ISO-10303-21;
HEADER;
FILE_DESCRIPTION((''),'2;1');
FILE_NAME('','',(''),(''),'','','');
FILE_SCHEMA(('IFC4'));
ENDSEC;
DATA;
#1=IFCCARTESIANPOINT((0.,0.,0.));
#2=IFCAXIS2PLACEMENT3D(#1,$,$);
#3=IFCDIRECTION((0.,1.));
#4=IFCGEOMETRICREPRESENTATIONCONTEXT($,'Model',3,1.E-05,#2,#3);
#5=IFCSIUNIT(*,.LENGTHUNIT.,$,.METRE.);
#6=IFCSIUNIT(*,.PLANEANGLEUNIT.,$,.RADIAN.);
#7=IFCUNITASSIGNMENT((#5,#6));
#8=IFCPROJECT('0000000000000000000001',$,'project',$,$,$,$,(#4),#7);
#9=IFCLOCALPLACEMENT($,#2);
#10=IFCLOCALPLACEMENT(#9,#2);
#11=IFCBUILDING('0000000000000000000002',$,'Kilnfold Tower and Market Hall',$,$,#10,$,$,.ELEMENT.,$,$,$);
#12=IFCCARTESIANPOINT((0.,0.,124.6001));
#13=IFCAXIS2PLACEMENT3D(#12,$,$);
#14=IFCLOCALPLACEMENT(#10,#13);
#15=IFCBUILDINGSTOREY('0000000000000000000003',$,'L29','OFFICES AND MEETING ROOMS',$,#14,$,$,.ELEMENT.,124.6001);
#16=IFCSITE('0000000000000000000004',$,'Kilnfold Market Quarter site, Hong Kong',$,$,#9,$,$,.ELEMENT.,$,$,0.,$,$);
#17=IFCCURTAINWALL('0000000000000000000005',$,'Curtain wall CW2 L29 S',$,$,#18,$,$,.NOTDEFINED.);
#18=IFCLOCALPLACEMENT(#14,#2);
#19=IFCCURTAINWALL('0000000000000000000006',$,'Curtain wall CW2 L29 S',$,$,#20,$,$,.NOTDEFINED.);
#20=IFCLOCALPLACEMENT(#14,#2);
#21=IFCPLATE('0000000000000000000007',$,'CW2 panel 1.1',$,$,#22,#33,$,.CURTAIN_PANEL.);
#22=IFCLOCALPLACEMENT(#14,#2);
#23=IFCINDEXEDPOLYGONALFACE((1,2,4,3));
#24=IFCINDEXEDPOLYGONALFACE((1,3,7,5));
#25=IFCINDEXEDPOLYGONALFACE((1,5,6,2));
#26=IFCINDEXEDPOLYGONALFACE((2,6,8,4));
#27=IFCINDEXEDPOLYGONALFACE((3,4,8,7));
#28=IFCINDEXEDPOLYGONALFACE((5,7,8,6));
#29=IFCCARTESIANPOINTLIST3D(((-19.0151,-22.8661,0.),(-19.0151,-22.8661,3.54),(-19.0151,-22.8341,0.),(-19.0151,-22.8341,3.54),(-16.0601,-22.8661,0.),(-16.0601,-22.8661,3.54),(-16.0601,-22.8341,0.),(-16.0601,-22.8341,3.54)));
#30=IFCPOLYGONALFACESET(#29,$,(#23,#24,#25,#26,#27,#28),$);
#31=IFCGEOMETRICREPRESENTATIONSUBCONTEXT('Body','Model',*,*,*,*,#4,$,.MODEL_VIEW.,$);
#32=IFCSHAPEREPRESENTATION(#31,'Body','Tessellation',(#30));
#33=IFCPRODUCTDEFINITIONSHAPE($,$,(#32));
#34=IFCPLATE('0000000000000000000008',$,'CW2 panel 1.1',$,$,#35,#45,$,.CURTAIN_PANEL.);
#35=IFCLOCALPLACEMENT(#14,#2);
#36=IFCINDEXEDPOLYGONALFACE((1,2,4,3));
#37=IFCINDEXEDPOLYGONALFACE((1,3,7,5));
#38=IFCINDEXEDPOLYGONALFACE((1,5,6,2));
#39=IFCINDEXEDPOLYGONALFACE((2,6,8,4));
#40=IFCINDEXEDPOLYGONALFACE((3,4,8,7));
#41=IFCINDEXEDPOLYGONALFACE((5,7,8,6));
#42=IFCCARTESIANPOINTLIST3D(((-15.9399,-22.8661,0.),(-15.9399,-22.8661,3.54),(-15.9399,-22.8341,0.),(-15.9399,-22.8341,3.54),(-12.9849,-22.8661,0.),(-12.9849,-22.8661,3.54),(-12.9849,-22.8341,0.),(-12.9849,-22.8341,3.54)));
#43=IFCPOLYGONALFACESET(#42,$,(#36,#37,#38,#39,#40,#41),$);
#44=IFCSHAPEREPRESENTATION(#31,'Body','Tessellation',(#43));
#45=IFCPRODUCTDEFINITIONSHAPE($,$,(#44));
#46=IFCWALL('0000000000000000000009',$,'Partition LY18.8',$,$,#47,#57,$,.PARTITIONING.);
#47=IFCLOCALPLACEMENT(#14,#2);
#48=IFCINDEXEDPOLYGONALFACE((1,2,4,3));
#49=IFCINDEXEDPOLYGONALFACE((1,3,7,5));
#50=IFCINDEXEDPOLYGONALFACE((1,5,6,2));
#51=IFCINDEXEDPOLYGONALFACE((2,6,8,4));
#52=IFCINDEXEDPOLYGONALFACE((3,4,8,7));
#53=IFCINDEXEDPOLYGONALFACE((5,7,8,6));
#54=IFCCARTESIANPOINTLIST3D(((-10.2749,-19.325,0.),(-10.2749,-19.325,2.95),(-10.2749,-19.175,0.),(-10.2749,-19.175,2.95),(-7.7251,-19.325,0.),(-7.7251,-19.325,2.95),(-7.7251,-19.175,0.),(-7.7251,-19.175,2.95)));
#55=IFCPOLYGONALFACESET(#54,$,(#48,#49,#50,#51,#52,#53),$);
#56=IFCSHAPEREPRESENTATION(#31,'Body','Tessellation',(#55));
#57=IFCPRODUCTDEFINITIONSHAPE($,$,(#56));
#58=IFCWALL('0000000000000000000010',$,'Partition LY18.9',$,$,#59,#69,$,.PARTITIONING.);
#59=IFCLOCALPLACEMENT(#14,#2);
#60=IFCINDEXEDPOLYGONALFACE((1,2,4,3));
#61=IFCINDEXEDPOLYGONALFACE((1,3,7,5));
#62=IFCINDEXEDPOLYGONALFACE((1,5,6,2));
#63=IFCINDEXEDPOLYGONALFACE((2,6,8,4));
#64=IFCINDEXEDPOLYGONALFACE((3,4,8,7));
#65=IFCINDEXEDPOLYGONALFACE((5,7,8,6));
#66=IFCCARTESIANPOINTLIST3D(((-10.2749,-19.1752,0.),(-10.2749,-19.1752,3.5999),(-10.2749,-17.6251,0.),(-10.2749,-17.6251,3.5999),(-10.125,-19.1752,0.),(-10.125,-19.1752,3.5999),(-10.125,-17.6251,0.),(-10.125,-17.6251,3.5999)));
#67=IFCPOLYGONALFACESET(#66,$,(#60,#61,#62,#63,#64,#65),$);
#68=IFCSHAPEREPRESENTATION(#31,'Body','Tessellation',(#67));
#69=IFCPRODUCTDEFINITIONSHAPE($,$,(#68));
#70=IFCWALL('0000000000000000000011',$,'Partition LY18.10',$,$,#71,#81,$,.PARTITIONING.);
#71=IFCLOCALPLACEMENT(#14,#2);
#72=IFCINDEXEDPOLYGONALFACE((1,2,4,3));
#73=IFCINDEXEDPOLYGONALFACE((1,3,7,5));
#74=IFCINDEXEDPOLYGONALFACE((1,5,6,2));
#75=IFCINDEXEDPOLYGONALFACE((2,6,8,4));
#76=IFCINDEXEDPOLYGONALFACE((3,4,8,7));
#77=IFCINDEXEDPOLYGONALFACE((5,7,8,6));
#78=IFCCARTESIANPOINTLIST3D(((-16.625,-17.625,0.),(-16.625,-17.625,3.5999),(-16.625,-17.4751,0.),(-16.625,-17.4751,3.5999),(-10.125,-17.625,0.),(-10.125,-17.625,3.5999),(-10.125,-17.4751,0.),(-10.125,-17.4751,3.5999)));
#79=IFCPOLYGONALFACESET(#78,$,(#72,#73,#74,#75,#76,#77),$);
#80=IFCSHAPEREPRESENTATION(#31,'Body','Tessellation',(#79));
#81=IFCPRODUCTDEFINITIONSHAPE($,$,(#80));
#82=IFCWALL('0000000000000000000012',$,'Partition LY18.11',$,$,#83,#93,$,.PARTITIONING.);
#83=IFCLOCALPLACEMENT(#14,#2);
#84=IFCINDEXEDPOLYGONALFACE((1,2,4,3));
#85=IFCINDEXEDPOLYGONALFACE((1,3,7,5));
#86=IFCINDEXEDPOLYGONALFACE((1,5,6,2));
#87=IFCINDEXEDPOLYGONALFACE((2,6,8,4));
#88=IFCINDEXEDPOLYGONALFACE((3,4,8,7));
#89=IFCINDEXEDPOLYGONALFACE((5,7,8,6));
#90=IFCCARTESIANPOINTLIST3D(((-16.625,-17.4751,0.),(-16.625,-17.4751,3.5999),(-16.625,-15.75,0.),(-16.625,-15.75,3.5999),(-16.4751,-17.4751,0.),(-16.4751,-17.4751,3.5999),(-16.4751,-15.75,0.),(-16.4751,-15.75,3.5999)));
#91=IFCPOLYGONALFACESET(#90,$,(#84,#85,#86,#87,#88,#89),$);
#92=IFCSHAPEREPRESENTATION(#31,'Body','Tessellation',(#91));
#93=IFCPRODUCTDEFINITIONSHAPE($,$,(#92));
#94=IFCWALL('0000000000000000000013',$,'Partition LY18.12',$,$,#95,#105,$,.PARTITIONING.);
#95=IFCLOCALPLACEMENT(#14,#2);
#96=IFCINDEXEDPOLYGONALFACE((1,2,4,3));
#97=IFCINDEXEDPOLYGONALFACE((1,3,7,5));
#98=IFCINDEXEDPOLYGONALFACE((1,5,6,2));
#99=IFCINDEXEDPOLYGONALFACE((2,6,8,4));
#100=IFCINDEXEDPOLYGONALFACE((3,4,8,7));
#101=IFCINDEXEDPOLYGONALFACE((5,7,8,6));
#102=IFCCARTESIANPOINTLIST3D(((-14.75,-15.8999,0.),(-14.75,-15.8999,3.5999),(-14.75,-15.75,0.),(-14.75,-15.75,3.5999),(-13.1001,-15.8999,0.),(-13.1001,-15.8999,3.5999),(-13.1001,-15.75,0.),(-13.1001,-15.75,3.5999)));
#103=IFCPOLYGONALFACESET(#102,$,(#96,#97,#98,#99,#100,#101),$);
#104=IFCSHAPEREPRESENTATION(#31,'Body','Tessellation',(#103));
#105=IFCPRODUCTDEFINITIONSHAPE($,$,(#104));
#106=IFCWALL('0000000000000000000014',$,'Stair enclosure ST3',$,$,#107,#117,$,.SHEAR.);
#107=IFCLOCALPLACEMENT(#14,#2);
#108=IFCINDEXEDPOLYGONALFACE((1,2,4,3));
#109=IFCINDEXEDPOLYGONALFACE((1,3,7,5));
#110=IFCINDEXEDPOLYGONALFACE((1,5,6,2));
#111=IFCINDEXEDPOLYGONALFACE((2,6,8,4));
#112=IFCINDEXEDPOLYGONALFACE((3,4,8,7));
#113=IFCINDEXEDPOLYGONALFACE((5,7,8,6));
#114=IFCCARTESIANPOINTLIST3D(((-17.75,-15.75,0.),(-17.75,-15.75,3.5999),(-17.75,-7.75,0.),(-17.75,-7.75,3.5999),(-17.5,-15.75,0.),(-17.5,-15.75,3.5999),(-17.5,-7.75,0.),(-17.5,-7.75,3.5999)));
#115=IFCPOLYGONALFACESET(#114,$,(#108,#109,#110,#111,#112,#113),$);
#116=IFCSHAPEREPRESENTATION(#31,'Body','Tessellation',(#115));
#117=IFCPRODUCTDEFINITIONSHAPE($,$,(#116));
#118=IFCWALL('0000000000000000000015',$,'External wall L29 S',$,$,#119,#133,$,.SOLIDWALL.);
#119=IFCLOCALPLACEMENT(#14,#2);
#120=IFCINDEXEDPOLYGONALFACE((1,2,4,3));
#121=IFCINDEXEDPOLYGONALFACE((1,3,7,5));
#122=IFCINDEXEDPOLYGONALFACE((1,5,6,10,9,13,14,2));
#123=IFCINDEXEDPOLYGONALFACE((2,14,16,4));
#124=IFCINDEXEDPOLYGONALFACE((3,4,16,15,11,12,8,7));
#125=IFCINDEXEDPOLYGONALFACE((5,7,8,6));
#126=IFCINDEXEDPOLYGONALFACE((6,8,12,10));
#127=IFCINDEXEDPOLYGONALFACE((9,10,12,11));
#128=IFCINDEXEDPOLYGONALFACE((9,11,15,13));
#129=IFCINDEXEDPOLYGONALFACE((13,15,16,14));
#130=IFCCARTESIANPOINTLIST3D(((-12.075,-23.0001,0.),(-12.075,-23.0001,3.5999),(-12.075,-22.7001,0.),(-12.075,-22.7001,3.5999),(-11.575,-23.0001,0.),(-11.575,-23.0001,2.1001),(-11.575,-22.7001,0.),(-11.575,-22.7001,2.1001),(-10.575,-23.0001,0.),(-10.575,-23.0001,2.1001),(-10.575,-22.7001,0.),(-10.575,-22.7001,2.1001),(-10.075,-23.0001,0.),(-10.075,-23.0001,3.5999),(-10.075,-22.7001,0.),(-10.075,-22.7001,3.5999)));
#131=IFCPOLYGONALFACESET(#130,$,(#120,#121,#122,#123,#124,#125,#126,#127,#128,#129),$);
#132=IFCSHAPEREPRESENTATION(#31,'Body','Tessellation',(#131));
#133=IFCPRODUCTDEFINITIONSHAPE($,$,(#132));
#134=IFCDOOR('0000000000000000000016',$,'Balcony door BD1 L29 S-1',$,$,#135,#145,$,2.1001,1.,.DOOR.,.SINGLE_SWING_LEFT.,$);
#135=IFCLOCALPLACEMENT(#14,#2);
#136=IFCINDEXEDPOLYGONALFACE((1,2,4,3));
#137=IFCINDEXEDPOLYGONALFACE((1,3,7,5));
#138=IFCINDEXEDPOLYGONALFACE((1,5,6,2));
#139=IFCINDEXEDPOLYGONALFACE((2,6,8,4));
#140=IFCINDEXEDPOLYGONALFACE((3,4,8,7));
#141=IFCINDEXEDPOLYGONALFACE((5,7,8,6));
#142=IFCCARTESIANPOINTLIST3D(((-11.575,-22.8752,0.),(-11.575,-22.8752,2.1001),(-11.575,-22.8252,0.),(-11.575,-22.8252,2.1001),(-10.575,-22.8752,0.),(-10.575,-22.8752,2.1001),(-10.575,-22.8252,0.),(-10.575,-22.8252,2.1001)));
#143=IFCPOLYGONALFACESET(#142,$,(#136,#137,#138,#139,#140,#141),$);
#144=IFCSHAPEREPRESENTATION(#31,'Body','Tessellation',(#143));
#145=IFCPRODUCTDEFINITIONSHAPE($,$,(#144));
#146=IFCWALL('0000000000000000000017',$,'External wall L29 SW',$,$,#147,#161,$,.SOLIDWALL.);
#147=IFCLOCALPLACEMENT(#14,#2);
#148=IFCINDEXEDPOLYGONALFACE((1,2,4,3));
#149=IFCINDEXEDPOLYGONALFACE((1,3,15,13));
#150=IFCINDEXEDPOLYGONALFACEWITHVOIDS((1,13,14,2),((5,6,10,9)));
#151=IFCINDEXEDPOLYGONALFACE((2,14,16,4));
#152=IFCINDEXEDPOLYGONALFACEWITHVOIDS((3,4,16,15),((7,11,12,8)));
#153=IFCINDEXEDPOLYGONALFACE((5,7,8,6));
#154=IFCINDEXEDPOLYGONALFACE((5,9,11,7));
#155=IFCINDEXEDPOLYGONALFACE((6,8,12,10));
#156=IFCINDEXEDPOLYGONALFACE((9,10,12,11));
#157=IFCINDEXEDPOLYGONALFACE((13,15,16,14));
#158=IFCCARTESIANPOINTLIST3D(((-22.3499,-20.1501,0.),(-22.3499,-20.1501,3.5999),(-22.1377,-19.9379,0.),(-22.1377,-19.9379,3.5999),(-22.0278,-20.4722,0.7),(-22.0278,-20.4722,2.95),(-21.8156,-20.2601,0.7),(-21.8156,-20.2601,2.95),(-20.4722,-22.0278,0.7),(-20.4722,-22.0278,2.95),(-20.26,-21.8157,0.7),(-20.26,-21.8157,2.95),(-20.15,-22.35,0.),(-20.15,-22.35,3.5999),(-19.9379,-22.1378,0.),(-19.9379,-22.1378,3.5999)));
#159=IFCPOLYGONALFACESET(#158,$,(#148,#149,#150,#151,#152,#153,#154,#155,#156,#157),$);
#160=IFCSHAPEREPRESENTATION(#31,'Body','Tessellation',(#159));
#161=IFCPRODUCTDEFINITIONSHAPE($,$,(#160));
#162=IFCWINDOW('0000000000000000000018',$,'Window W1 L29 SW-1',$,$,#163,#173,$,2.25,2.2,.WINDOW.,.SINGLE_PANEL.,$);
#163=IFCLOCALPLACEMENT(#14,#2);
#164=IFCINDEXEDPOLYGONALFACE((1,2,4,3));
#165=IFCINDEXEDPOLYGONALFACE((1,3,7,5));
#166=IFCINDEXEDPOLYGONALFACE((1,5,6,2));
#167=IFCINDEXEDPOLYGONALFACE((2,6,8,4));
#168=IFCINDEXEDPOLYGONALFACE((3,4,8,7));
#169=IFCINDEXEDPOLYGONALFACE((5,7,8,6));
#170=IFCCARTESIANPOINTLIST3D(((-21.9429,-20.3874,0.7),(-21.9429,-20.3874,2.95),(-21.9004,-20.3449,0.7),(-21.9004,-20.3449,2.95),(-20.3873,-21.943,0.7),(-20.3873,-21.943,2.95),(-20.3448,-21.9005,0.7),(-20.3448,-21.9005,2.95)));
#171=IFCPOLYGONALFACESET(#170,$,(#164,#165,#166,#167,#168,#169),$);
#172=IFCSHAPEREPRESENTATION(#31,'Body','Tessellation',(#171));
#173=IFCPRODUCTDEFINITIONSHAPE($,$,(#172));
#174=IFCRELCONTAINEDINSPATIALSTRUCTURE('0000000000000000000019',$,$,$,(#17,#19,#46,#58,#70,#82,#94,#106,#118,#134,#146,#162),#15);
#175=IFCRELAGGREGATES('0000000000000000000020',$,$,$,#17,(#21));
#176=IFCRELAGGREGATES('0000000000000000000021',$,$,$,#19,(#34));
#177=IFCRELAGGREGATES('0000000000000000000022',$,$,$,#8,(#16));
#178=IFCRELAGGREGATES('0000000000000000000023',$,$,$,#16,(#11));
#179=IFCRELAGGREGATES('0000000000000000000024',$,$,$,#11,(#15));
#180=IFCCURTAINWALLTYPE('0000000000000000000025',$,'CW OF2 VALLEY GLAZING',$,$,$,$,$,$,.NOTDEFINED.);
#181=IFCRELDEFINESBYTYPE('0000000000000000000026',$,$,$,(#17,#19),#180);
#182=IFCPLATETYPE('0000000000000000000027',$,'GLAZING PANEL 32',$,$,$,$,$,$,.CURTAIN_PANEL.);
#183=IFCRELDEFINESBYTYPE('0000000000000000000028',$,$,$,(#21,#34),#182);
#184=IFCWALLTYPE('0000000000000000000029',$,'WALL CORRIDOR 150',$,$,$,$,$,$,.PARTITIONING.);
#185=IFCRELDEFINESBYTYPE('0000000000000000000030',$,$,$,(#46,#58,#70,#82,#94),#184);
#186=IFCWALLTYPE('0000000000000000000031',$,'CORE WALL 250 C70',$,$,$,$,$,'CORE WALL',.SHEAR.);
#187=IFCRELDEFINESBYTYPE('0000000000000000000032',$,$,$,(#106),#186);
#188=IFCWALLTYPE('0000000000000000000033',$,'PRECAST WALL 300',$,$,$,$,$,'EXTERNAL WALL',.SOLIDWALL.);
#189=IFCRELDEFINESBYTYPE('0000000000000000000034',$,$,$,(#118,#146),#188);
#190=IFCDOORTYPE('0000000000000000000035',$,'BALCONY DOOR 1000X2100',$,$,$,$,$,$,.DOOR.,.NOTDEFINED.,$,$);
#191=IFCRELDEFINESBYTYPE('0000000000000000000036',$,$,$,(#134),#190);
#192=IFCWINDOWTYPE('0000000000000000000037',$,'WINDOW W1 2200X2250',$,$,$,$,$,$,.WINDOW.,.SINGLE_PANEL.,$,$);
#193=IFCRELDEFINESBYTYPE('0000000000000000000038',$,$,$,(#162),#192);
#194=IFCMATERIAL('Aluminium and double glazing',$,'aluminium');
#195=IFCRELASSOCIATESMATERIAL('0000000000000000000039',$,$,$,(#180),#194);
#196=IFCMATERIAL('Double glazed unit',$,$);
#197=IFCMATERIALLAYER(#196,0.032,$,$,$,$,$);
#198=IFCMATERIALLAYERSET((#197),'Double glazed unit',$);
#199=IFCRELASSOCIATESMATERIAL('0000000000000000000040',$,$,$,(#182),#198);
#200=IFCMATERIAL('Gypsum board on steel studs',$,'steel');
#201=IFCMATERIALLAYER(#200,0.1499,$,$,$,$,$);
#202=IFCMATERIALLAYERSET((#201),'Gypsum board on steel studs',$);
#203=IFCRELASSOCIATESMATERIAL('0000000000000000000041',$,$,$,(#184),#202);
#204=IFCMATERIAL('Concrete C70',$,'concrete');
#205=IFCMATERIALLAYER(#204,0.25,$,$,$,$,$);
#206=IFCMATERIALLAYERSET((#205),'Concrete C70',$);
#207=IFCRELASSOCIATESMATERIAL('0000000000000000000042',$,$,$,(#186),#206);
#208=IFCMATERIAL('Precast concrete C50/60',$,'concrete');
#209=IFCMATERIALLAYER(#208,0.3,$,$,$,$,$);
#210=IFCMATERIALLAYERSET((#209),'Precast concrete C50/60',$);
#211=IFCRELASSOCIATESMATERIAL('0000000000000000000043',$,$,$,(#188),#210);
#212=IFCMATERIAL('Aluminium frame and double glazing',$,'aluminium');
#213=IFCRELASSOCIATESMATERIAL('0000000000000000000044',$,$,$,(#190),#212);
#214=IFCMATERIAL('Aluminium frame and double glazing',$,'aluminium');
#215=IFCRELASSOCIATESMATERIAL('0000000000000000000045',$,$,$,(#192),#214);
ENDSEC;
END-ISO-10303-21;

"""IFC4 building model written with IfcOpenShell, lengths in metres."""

from ifc_helpers import new_model, si_unit, direction, frame, frame_2d, origin, origin_2d, place, context, subcontext, project, spatial, rectangle, extrude, source, transform, mapped, material, layer, layer_set, type_object, element, fill, aggregate, save


model = new_model("IFC4")

# Units and contexts
model_context = context("Model", 3, precision=1e-05, world=origin(), true_north=direction((0.0, 1.0)))
body_context = subcontext(model_context, "Body", "Model", "MODEL_VIEW")
ifc_project = project(units=[si_unit("LENGTHUNIT", "METRE"), si_unit("PLANEANGLEUNIT", "RADIAN")], contexts=[model_context])

# Site, building, storey
site_placement = place(None, origin())
site = spatial("IfcSite", under=ifc_project, at=site_placement, Name="Kilnfold Market Quarter site, Hong Kong", CompositionType="ELEMENT", RefElevation=0.0)
building_placement = place(site_placement, origin())
building = spatial("IfcBuilding", under=site, at=building_placement, Name="Kilnfold Tower and Market Hall", CompositionType="ELEMENT")
storey_placement = place(building_placement, frame((0.0, 0.0, 124.6001)))
storey = spatial("IfcBuildingStorey", under=building, at=storey_placement, Name="L29", Description="OFFICES AND MEETING ROOMS", CompositionType="ELEMENT", Elevation=124.6001)

# Curtain walls
ifc_material_1 = material(Name="Aluminium and double glazing", Category="aluminium")
curtain_wall_type = type_object("IfcCurtainWallType", Name="CW OF2 VALLEY GLAZING", PredefinedType="NOTDEFINED", material=ifc_material_1)
curtain_wall_1_placement = place(storey_placement, origin())
curtain_wall_1 = element("IfcCurtainWall", 1, at=curtain_wall_1_placement, inside=storey, type_object=curtain_wall_type, Name="Curtain wall CW2 L29 S", PredefinedType="NOTDEFINED")
curtain_wall_2_placement = place(storey_placement, origin())
curtain_wall_2 = element("IfcCurtainWall", 2, at=curtain_wall_2_placement, inside=storey, type_object=curtain_wall_type, Name="Curtain wall CW2 L29 S", PredefinedType="NOTDEFINED")

# Plates
ifc_material_2 = material(Name="Double glazed unit")
ifc_layer_1 = layer(ifc_material_2, 0.032)
ifc_layer_set_1 = layer_set([ifc_layer_1], Name="Double glazed unit")
plate_type = type_object("IfcPlateType", Name="GLAZING PANEL 32", PredefinedType="CURTAIN_PANEL", material=ifc_layer_set_1)
shared_shape_1 = source(origin(), body_context, "Body", "SweptSolid", [
    extrude(rectangle(XDim=2.9551, YDim=0.032, at=origin_2d()), origin(), (0.0, 0.0, 1.0), 3.54),
])
plate_1_placement = place(storey_placement, frame((-17.5376, -22.8501, 0.0), z_axis=(0.0, 0.0, 1.0), x_axis=(1.0, 0.0, 0.0)))
plate_1 = element("IfcPlate", 3, at=plate_1_placement, type_object=plate_type, Name="CW2 panel 1.1", PredefinedType="CURTAIN_PANEL", context=body_context, shape_type="MappedRepresentation", body=[
    mapped(shared_shape_1, transform((0.0, 0.0, 0.0))),
])
aggregate(curtain_wall_1, [plate_1])
plate_2_placement = place(storey_placement, frame((-14.4624, -22.8501, 0.0), z_axis=(0.0, 0.0, 1.0), x_axis=(1.0, 0.0, 0.0)))
plate_2 = element("IfcPlate", 4, at=plate_2_placement, type_object=plate_type, Name="CW2 panel 1.1", PredefinedType="CURTAIN_PANEL", context=body_context, shape_type="MappedRepresentation", body=[
    mapped(shared_shape_1, transform((0.0, 0.0, 0.0))),
])
aggregate(curtain_wall_2, [plate_2])

# Walls
ifc_material_3 = material(Name="Gypsum board on steel studs", Category="steel")
ifc_layer_2 = layer(ifc_material_3, 0.1499)
ifc_layer_set_2 = layer_set([ifc_layer_2], Name="Gypsum board on steel studs")
wall_type_1 = type_object("IfcWallType", Name="WALL CORRIDOR 150", PredefinedType="PARTITIONING", material=ifc_layer_set_2)
wall_1_placement = place(storey_placement, frame((-10.2749, -19.25, 0.0), z_axis=(0.0, 0.0, 1.0), x_axis=(1.0, 0.0, 0.0)))
element("IfcWall", 5, at=wall_1_placement, inside=storey, type_object=wall_type_1, Name="Partition LY18.8", PredefinedType="PARTITIONING", context=body_context, shape_type="SweptSolid", body=[
    extrude(rectangle(XDim=2.5498, YDim=0.1499, at=frame_2d((1.2749, 0.0))), origin(), (0.0, 0.0, 1.0), 2.95),
])
wall_2_placement = place(storey_placement, frame((-10.2, -19.175, 0.0), z_axis=(0.0, 0.0, 1.0), x_axis=(0.0, 1.0, 0.0)))
element("IfcWall", 6, at=wall_2_placement, inside=storey, type_object=wall_type_1, Name="Partition LY18.9", PredefinedType="PARTITIONING", context=body_context, shape_type="SweptSolid", body=[
    extrude(rectangle(XDim=1.55, YDim=0.1499, at=frame_2d((0.7749, 0.0))), origin(), (0.0, 0.0, 1.0), 3.5999),
])
wall_3_placement = place(storey_placement, frame((-16.625, -17.55, 0.0), z_axis=(0.0, 0.0, 1.0), x_axis=(1.0, 0.0, 0.0)))
element("IfcWall", 7, at=wall_3_placement, inside=storey, type_object=wall_type_1, Name="Partition LY18.10", PredefinedType="PARTITIONING", context=body_context, shape_type="SweptSolid", body=[
    extrude(rectangle(XDim=6.5, YDim=0.1499, at=frame_2d((3.25, 0.0))), origin(), (0.0, 0.0, 1.0), 3.5999),
])
wall_4_placement = place(storey_placement, frame((-16.55, -15.75, 0.0), z_axis=(0.0, 0.0, 1.0), x_axis=(0.0, -1.0, 0.0)))
element("IfcWall", 8, at=wall_4_placement, inside=storey, type_object=wall_type_1, Name="Partition LY18.11", PredefinedType="PARTITIONING", context=body_context, shape_type="SweptSolid", body=[
    extrude(rectangle(XDim=1.7251, YDim=0.1499, at=frame_2d((0.8625, 0.0))), origin(), (0.0, 0.0, 1.0), 3.5999),
])
wall_5_placement = place(storey_placement, frame((-13.1001, -15.825, 0.0), z_axis=(0.0, 0.0, 1.0), x_axis=(-1.0, 0.0, 0.0)))
element("IfcWall", 9, at=wall_5_placement, inside=storey, type_object=wall_type_1, Name="Partition LY18.12", PredefinedType="PARTITIONING", context=body_context, shape_type="SweptSolid", body=[
    extrude(rectangle(XDim=1.6499, YDim=0.1499, at=frame_2d((0.825, 0.0))), origin(), (0.0, 0.0, 1.0), 3.5999),
])
ifc_material_4 = material(Name="Concrete C70", Category="concrete")
ifc_layer_3 = layer(ifc_material_4, 0.25)
ifc_layer_set_3 = layer_set([ifc_layer_3], Name="Concrete C70")
wall_type_2 = type_object("IfcWallType", Name="CORE WALL 250 C70", ElementType="CORE WALL", PredefinedType="SHEAR", material=ifc_layer_set_3)
shared_shape_2 = source(origin(), body_context, "Body", "SweptSolid", [
    extrude(rectangle(XDim=8.0, YDim=0.25, at=frame_2d((4.0, 0.0))), origin(), (0.0, 0.0, 1.0), 3.5999),
])
wall_6_placement = place(storey_placement, frame((-17.625, -15.75, 0.0), z_axis=(0.0, 0.0, 1.0), x_axis=(0.0, 1.0, 0.0)))
element("IfcWall", 10, at=wall_6_placement, inside=storey, type_object=wall_type_2, Name="Stair enclosure ST3", PredefinedType="SHEAR", context=body_context, shape_type="MappedRepresentation", body=[
    mapped(shared_shape_2, transform((0.0, 0.0, 0.0))),
])

# Wall, opening, door
ifc_material_5 = material(Name="Precast concrete C50/60", Category="concrete")
ifc_layer_4 = layer(ifc_material_5, 0.3)
ifc_layer_set_4 = layer_set([ifc_layer_4], Name="Precast concrete C50/60")
wall_type_3 = type_object("IfcWallType", Name="PRECAST WALL 300", ElementType="EXTERNAL WALL", PredefinedType="SOLIDWALL", material=ifc_layer_set_4)
shared_shape_3 = source(origin(), body_context, "Body", "SweptSolid", [
    extrude(rectangle(XDim=2.0, YDim=0.3, at=frame_2d((1.0, 0.0))), origin(), (0.0, 0.0, 1.0), 3.5999),
])
wall_7_placement = place(storey_placement, frame((-12.075, -22.8501, 0.0), z_axis=(0.0, 0.0, 1.0), x_axis=(1.0, 0.0, 0.0)))
wall_7 = element("IfcWall", 11, at=wall_7_placement, inside=storey, type_object=wall_type_3, Name="External wall L29 S", PredefinedType="SOLIDWALL", context=body_context, shape_type="MappedRepresentation", body=[
    mapped(shared_shape_3, transform((0.0, 0.0, 0.0))),
])
opening_1_placement = place(wall_7_placement, frame((0.5, 0.0, 0.0)))
opening_1 = element("IfcOpeningElement", 12, at=opening_1_placement, cuts=wall_7, PredefinedType="OPENING", context=body_context, shape_type="SweptSolid", body=[
    extrude(rectangle(XDim=1.0, YDim=2.1001, at=frame_2d((0.5, 1.05))), frame((0.0, 0.1602, 0.0), z_axis=(0.0, -1.0, 0.0), x_axis=(1.0, 0.0, 0.0)), (0.0, 0.0, 1.0), 0.3201),
])
ifc_material_6 = material(Name="Aluminium frame and double glazing", Category="aluminium")
door_type = type_object("IfcDoorType", Name="BALCONY DOOR 1000X2100", OperationType="NOTDEFINED", PredefinedType="DOOR", material=ifc_material_6)
door_placement = place(opening_1_placement, origin())
door = element("IfcDoor", 13, at=door_placement, inside=storey, type_object=door_type, Name="Balcony door BD1 L29 S-1", OperationType="SINGLE_SWING_LEFT", OverallHeight=2.1001, OverallWidth=1.0, PredefinedType="DOOR", context=body_context, shape_type="SweptSolid", body=[
    extrude(rectangle(XDim=1.0, YDim=2.1001, at=frame_2d((0.5, 1.05))), frame((0.0, 0.0249, 0.0), z_axis=(0.0, -1.0, 0.0), x_axis=(1.0, 0.0, 0.0)), (0.0, 0.0, 1.0), 0.05),
])
fill(opening_1, door)

# Wall, opening, window
shared_shape_4 = source(origin(), body_context, "Body", "SweptSolid", [
    extrude(rectangle(XDim=3.1111, YDim=0.3, at=frame_2d((1.5557, 0.0))), origin(), (0.0, 0.0, 1.0), 3.5999),
])
wall_8_placement = place(storey_placement, frame((-22.2439, -20.0439, 0.0), z_axis=(0.0, 0.0, 1.0), x_axis=(0.707107, -0.707107, 0.0)))
wall_8 = element("IfcWall", 14, at=wall_8_placement, inside=storey, type_object=wall_type_3, Name="External wall L29 SW", PredefinedType="SOLIDWALL", context=body_context, shape_type="MappedRepresentation", body=[
    mapped(shared_shape_4, transform((0.0, 0.0, 0.0))),
])
opening_2_placement = place(wall_8_placement, frame((0.4556, 0.0, 0.7)))
opening_2 = element("IfcOpeningElement", 15, at=opening_2_placement, cuts=wall_8, PredefinedType="OPENING", context=body_context, shape_type="SweptSolid", body=[
    extrude(rectangle(XDim=2.2, YDim=2.25, at=frame_2d((1.1001, 1.125))), frame((0.0, 0.1602, 0.0), z_axis=(0.0, -1.0, 0.0), x_axis=(1.0, 0.0, 0.0)), (0.0, 0.0, 1.0), 0.3201),
])
ifc_material_7 = material(Name="Aluminium frame and double glazing", Category="aluminium")
window_type = type_object("IfcWindowType", Name="WINDOW W1 2200X2250", PartitioningType="SINGLE_PANEL", PredefinedType="WINDOW", material=ifc_material_7)
window_placement = place(opening_2_placement, origin())
window = element("IfcWindow", 16, at=window_placement, inside=storey, type_object=window_type, Name="Window W1 L29 SW-1", OverallHeight=2.25, OverallWidth=2.2, PartitioningType="SINGLE_PANEL", PredefinedType="WINDOW", context=body_context, shape_type="SweptSolid", body=[
    extrude(rectangle(XDim=2.2, YDim=2.25, at=frame_2d((1.1001, 1.125))), frame((0.0, 0.03, 0.0), z_axis=(0.0, -1.0, 0.0), x_axis=(1.0, 0.0, 0.0)), (0.0, 0.0, 1.0), 0.0601),
])
fill(opening_2, window)

save(model, "model.ifc")
